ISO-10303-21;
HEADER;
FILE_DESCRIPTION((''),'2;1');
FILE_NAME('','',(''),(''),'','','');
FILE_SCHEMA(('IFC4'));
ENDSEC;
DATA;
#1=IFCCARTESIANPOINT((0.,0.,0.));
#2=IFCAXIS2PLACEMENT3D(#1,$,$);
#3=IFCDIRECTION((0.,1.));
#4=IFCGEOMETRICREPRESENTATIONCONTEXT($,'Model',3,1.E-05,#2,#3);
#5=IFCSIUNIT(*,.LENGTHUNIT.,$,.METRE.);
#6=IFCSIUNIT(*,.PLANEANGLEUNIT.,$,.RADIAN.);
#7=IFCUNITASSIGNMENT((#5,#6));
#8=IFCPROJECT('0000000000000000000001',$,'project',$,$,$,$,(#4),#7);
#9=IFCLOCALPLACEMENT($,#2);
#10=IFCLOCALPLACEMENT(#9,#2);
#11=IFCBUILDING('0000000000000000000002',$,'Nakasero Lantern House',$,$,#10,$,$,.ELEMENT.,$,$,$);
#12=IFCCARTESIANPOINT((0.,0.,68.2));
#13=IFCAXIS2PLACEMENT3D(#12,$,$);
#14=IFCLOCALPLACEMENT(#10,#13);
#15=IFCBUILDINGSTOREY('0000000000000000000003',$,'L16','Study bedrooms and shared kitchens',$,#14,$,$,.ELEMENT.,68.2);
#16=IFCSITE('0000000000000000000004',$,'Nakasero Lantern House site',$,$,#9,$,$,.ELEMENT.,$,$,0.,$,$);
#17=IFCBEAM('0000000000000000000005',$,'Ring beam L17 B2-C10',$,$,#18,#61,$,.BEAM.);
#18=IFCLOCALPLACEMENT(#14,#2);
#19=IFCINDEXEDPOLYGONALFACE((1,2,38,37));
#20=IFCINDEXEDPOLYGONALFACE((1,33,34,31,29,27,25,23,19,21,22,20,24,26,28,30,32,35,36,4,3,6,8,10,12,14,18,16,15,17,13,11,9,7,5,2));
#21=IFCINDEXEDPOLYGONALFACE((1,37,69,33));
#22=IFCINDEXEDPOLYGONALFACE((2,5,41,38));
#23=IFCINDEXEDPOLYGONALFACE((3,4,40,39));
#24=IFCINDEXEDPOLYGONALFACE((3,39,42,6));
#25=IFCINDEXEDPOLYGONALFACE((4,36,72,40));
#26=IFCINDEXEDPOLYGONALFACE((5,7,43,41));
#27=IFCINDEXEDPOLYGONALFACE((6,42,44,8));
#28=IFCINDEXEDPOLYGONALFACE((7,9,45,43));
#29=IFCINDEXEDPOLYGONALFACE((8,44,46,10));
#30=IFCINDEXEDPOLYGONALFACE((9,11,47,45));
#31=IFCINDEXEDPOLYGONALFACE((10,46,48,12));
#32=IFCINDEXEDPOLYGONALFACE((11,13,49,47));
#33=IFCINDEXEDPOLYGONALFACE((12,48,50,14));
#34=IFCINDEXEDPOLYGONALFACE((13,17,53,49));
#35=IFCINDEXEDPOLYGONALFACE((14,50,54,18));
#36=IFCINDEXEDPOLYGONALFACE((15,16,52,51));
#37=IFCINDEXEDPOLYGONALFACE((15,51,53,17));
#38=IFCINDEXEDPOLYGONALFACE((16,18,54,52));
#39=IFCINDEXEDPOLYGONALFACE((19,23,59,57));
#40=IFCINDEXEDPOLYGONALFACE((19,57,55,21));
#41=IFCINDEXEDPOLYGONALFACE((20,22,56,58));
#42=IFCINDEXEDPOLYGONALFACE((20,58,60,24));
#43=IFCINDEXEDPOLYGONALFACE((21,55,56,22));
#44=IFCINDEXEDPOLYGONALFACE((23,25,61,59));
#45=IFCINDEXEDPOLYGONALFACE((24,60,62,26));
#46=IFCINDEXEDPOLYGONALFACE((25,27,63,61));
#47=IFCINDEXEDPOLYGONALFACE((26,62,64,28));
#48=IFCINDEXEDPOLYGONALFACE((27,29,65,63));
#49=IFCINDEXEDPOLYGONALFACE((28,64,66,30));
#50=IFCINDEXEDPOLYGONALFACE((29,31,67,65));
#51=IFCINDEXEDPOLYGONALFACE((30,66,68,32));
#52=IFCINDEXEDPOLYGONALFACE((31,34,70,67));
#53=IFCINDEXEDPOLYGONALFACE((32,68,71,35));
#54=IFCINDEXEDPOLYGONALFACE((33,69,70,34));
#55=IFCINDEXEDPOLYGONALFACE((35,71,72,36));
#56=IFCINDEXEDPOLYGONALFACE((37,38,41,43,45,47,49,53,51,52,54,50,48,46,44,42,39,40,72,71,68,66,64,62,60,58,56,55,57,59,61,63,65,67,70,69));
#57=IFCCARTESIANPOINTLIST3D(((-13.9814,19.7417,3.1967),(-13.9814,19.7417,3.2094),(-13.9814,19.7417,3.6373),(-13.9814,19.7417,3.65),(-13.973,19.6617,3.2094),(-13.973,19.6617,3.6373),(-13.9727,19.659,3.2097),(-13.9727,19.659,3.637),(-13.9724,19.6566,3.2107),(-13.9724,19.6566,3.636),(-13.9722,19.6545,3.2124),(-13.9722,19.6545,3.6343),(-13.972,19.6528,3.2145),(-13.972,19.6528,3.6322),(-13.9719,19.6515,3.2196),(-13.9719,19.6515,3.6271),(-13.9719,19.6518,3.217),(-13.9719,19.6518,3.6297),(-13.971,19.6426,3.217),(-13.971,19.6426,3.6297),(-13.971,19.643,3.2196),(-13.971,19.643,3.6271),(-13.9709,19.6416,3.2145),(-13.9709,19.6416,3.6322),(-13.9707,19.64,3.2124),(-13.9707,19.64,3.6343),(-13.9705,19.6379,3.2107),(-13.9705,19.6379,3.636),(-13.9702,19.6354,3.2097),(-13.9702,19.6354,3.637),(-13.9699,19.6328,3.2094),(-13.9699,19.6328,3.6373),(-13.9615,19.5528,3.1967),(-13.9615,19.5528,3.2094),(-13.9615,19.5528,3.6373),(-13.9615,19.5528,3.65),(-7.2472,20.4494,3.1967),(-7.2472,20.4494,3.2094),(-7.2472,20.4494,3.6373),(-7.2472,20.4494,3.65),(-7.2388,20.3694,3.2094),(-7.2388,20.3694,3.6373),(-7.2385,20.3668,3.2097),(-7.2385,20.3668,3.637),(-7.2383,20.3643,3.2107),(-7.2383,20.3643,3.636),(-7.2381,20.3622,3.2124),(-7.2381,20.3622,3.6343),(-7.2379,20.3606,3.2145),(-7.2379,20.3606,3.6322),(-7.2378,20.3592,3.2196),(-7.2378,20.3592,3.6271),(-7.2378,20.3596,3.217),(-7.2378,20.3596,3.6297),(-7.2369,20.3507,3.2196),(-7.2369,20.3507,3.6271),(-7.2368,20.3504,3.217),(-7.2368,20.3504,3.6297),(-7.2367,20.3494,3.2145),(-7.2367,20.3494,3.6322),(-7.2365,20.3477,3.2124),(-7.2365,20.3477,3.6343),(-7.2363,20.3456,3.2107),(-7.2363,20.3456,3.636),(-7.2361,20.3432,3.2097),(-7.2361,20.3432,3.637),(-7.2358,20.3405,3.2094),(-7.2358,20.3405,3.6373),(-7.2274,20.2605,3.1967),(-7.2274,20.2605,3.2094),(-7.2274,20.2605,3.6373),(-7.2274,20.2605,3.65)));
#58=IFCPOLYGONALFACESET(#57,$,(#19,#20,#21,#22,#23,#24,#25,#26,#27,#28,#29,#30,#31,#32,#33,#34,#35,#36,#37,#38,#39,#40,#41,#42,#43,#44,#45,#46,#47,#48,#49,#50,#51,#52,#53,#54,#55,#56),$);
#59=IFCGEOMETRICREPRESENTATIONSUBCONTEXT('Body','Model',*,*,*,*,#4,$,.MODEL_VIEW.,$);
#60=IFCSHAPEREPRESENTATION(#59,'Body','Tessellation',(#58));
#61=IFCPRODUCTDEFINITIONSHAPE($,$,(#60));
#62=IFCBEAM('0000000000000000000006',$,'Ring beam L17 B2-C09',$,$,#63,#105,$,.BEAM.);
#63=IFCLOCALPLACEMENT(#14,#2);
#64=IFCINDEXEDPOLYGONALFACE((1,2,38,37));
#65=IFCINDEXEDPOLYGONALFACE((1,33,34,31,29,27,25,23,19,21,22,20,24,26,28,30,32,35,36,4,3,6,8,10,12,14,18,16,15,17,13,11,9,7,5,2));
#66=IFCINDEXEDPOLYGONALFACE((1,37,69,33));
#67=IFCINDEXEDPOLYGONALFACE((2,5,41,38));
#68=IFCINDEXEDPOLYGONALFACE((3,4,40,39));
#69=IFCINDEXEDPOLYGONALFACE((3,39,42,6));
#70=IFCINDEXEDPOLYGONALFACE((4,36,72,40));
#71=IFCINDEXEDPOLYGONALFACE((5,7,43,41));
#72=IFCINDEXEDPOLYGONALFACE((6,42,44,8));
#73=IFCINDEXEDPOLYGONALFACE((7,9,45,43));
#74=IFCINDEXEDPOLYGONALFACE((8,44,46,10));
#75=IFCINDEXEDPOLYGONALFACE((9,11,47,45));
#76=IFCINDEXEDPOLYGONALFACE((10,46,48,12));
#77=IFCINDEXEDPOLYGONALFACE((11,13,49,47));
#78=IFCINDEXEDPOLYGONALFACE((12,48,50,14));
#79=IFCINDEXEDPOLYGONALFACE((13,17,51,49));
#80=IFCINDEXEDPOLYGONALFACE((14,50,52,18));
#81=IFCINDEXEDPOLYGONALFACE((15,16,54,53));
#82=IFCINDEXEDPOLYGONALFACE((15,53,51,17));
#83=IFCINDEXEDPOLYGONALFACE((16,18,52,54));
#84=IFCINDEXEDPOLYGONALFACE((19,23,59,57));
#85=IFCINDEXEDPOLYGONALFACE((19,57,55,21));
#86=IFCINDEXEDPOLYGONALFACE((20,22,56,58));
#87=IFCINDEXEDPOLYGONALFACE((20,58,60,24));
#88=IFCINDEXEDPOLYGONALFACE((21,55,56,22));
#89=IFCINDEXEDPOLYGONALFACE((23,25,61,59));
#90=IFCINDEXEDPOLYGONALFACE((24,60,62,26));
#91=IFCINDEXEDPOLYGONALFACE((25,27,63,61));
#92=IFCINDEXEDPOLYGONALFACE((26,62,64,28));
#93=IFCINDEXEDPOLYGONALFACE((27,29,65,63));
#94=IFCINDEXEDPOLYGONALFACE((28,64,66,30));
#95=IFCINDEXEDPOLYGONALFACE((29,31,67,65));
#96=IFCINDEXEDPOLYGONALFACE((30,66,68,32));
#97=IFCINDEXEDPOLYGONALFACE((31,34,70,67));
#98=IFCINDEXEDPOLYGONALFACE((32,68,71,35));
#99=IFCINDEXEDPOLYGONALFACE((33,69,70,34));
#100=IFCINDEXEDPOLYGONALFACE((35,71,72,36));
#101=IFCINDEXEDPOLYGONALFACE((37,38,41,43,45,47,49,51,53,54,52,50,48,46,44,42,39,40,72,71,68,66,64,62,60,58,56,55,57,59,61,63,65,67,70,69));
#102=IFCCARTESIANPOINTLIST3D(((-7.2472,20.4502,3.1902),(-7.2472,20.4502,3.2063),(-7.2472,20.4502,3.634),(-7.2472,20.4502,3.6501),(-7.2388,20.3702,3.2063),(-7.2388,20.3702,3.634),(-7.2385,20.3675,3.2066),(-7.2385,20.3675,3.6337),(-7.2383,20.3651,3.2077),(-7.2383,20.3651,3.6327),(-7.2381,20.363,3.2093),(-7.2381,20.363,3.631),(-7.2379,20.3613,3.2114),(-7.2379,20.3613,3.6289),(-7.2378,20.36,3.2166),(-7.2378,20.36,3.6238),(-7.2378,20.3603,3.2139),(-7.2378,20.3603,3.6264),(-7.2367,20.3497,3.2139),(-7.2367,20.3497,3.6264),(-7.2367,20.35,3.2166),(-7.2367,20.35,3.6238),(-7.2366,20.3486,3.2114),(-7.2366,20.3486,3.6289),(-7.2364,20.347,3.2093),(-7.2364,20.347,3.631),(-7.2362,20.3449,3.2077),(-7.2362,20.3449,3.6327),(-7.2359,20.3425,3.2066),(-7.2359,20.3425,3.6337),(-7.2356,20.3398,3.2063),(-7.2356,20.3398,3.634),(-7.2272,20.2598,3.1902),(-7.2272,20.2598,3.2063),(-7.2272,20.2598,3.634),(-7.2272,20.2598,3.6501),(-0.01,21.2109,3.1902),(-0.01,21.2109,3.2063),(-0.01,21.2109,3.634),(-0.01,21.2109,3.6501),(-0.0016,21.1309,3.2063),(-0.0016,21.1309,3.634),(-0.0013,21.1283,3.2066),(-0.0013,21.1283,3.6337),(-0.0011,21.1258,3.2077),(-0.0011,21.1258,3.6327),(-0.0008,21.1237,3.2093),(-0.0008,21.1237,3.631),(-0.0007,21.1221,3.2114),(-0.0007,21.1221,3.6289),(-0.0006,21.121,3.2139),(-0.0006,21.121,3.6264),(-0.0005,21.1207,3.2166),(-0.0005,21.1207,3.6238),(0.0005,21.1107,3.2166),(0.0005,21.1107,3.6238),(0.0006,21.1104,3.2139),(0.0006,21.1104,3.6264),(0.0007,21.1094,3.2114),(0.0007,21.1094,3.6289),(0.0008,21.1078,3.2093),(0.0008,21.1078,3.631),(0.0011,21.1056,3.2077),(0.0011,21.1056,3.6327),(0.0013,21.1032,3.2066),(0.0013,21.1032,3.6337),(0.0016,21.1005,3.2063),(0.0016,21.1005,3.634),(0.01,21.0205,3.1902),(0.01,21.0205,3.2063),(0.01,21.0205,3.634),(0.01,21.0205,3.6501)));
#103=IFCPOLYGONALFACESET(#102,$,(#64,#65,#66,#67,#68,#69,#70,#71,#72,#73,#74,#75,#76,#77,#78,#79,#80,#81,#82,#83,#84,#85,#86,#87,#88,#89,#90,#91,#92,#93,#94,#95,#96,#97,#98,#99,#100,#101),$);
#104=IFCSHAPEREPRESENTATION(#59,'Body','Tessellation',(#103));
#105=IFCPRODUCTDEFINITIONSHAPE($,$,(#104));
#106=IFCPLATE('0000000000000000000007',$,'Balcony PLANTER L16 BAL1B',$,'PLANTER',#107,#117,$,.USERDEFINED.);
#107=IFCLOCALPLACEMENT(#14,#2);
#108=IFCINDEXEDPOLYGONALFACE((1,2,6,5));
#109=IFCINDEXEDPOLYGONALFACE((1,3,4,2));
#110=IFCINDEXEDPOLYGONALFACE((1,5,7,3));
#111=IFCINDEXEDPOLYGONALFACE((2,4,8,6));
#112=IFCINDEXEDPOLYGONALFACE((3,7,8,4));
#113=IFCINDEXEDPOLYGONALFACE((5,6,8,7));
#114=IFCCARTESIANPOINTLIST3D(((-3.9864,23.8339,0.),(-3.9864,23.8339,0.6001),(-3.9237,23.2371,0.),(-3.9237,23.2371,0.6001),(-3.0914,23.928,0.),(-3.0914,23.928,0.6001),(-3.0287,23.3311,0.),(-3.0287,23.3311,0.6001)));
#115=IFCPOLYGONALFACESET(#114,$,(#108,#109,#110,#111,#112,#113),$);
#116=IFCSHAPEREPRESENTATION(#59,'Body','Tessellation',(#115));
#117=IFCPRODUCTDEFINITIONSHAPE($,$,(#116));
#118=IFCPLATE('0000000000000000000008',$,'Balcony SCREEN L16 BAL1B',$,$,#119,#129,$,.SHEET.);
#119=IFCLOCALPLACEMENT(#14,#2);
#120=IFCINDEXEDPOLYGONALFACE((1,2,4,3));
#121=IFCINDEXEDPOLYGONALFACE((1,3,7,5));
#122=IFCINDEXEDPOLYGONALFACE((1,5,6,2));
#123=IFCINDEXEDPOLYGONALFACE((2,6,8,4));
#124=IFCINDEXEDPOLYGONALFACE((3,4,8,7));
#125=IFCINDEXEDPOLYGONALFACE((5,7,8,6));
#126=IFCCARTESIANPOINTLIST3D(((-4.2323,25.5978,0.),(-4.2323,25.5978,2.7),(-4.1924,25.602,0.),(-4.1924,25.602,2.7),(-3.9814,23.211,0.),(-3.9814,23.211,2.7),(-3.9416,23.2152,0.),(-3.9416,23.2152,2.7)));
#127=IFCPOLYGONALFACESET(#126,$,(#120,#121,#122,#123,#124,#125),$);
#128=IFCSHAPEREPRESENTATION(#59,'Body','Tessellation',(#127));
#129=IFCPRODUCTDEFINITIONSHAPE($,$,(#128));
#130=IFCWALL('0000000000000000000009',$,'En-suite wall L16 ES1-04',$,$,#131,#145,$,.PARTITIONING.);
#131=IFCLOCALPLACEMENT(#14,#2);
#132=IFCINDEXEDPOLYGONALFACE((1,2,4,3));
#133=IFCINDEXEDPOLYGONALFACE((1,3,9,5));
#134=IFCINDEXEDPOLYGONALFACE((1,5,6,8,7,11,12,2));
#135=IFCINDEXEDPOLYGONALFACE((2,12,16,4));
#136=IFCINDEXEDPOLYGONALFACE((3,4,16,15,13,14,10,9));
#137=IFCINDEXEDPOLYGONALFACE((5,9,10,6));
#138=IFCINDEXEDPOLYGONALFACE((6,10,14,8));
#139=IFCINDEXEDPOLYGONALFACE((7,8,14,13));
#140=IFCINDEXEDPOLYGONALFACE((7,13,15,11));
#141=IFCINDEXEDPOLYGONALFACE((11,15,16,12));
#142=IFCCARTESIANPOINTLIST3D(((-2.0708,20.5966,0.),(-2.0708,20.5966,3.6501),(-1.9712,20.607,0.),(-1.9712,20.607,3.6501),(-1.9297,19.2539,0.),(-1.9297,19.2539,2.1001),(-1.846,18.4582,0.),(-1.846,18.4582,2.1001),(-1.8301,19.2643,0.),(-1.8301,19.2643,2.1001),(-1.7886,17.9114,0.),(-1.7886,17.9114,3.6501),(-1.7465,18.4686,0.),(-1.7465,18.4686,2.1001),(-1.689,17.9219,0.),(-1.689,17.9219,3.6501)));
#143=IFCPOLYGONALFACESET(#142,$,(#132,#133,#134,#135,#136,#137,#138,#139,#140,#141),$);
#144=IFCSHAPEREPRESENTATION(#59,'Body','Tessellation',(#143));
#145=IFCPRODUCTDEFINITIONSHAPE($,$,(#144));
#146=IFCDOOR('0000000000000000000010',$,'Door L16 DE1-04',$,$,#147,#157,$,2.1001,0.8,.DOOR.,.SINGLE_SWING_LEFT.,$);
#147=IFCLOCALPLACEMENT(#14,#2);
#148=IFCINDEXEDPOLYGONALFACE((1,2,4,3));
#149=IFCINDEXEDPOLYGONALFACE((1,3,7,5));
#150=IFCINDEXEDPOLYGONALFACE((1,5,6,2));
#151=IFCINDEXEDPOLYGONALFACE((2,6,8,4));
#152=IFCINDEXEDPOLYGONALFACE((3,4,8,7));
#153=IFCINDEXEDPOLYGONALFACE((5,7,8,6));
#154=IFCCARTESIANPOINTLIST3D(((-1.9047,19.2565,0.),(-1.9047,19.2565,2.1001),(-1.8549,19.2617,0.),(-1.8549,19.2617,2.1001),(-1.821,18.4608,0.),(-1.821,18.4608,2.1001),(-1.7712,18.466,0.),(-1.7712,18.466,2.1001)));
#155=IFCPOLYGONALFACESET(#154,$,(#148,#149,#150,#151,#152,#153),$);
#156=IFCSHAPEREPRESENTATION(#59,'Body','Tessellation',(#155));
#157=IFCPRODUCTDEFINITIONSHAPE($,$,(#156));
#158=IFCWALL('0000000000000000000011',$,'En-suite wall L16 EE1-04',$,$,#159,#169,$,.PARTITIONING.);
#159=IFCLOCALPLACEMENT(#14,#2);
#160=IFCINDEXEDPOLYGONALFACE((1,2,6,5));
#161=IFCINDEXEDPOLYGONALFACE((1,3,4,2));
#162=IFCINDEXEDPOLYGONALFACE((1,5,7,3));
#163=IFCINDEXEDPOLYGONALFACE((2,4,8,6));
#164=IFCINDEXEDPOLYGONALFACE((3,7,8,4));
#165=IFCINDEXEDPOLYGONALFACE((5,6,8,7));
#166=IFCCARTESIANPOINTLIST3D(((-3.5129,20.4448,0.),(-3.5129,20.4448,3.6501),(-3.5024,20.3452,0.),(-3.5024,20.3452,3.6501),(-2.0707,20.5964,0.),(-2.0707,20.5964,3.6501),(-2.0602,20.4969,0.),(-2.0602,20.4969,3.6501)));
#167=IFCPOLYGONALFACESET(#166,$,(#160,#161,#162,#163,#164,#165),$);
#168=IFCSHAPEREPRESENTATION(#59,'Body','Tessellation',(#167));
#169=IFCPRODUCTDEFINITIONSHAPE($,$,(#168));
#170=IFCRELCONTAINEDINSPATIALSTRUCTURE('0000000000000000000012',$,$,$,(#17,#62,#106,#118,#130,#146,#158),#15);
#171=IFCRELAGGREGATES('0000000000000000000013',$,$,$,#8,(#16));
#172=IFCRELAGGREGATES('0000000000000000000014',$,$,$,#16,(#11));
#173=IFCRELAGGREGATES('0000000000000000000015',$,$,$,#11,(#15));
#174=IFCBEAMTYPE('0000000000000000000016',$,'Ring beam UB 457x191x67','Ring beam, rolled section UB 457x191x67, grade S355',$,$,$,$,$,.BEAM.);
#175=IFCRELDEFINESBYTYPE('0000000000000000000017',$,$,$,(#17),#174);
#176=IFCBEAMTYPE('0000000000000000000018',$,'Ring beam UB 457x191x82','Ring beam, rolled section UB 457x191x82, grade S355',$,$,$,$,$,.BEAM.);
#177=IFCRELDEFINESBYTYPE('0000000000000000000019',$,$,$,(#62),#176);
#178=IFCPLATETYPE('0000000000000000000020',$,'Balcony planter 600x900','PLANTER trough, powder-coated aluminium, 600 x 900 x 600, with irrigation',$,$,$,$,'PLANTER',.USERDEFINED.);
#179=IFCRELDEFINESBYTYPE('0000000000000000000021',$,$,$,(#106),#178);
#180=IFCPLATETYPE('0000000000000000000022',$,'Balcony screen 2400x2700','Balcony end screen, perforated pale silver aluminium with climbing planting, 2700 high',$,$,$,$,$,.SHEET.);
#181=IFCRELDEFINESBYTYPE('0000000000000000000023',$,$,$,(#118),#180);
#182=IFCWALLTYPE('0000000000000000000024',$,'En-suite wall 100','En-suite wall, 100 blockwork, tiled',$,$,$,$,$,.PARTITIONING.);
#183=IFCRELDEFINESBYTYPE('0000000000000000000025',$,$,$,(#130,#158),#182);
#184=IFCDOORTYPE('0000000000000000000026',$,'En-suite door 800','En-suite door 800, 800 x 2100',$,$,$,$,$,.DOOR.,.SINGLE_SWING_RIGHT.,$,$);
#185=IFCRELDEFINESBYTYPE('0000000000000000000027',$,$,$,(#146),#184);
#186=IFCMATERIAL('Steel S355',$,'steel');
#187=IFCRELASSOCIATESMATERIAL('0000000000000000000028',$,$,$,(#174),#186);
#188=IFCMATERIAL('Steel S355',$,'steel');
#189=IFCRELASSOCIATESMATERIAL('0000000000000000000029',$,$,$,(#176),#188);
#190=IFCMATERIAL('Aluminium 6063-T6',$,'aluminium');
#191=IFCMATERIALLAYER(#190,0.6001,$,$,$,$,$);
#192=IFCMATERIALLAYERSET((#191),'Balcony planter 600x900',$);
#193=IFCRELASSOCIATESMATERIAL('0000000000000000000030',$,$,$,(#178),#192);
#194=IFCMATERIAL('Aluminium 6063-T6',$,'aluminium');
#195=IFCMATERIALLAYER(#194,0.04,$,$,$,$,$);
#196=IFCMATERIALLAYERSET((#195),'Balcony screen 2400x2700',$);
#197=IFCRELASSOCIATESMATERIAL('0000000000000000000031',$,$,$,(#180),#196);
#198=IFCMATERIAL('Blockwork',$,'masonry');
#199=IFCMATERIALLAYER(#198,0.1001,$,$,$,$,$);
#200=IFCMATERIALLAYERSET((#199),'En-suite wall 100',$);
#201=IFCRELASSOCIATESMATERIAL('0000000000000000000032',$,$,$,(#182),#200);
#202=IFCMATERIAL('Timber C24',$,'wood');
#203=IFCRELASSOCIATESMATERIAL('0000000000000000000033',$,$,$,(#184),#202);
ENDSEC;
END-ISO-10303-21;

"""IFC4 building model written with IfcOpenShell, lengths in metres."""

from ifc_helpers import new_model, si_unit, direction, frame, frame_2d, origin, origin_2d, place, context, subcontext, project, spatial, rectangle, i_section, extrude, material, layer, layer_set, material_profile, profile_set, type_object, element, fill, save


model = new_model("IFC4")

# Units and contexts
model_context = context("Model", 3, precision=1e-05, world=origin(), true_north=direction((0.0, 1.0)))
body_context = subcontext(model_context, "Body", "Model", "MODEL_VIEW")
ifc_project = project(units=[si_unit("LENGTHUNIT", "METRE"), si_unit("PLANEANGLEUNIT", "RADIAN")], contexts=[model_context])

# Site, building, storey
site_placement = place(None, origin())
site = spatial("IfcSite", under=ifc_project, at=site_placement, Name="Nakasero Lantern House site", CompositionType="ELEMENT", RefElevation=0.0)
building_placement = place(site_placement, origin())
building = spatial("IfcBuilding", under=site, at=building_placement, Name="Nakasero Lantern House", CompositionType="ELEMENT")
storey_placement = place(building_placement, frame((0.0, 0.0, 68.2)))
storey = spatial("IfcBuildingStorey", under=building, at=storey_placement, Name="L16", Description="Study bedrooms and shared kitchens", CompositionType="ELEMENT", Elevation=68.2)

# Beams
ifc_material_1 = material(Name="Steel S355", Category="steel")
ifc_material_profile_1 = material_profile(ifc_material_1, i_section(OverallWidth=0.1899, OverallDepth=0.4534, WebThickness=0.0085, FlangeThickness=0.0127, FilletRadius=0.0103, at=origin_2d()), Name="UB 457x191x67")
ifc_profile_set_1 = profile_set([ifc_material_profile_1], Name="Steel S355")
beam_type_1 = type_object("IfcBeamType", Name="Ring beam UB 457x191x67", Description="Ring beam, rolled section UB 457x191x67, grade S355", PredefinedType="BEAM", material=ifc_profile_set_1)
beam_1_placement = place(storey_placement, frame((-7.2373, 20.355, 3.4233), z_axis=(-0.994522, -0.104525, 0.0), x_axis=(0.104525, -0.994522, 0.0)))
element("IfcBeam", 1, at=beam_1_placement, inside=storey, type_object=beam_type_1, Name="Ring beam L17 B2-C10", PredefinedType="BEAM", context=body_context, shape_type="SweptSolid", body=[
    extrude(i_section(OverallWidth=0.1899, OverallDepth=0.4534, WebThickness=0.0085, FlangeThickness=0.0127, FilletRadius=0.0103, at=origin_2d()), origin(), (0.0, 0.0, 1.0), 6.7712),
])
ifc_material_2 = material(Name="Steel S355", Category="steel")
ifc_material_profile_2 = material_profile(ifc_material_2, i_section(OverallWidth=0.1914, OverallDepth=0.46, WebThickness=0.01, FlangeThickness=0.0161, FilletRadius=0.0103, at=origin_2d()), Name="UB 457x191x82")
ifc_profile_set_2 = profile_set([ifc_material_profile_2], Name="Steel S355")
beam_type_2 = type_object("IfcBeamType", Name="Ring beam UB 457x191x82", Description="Ring beam, rolled section UB 457x191x82, grade S355", PredefinedType="BEAM", material=ifc_profile_set_2)
beam_2_placement = place(storey_placement, frame((0.0, 21.1157, 3.4202), z_axis=(-0.994521, -0.104538, 0.0), x_axis=(0.104538, -0.994521, 0.0)))
element("IfcBeam", 2, at=beam_2_placement, inside=storey, type_object=beam_type_2, Name="Ring beam L17 B2-C09", PredefinedType="BEAM", context=body_context, shape_type="SweptSolid", body=[
    extrude(i_section(OverallWidth=0.1914, OverallDepth=0.46, WebThickness=0.01, FlangeThickness=0.0161, FilletRadius=0.0103, at=origin_2d()), origin(), (0.0, 0.0, 1.0), 7.2771),
])

# Plates
ifc_material_3 = material(Name="Aluminium 6063-T6", Category="aluminium")
ifc_layer_1 = layer(ifc_material_3, 0.6001)
ifc_layer_set_1 = layer_set([ifc_layer_1], Name="Balcony planter 600x900")
plate_type_1 = type_object("IfcPlateType", Name="Balcony planter 600x900", Description="PLANTER trough, powder-coated aluminium, 600 x 900 x 600, with irrigation", ElementType="PLANTER", PredefinedType="USERDEFINED", material=ifc_layer_set_1)
plate_1_placement = place(storey_placement, frame((-3.5076, 23.5825, 0.0), z_axis=(0.0, 0.0, 1.0), x_axis=(-0.104528, 0.994522, 0.0)))
element("IfcPlate", 3, at=plate_1_placement, inside=storey, type_object=plate_type_1, Name="Balcony PLANTER L16 BAL1B", ObjectType="PLANTER", PredefinedType="USERDEFINED", context=body_context, shape_type="SweptSolid", body=[
    extrude(rectangle(XDim=0.6001, YDim=0.8999, at=origin_2d()), origin(), (0.0, 0.0, 1.0), 0.6001),
])
ifc_material_4 = material(Name="Aluminium 6063-T6", Category="aluminium")
ifc_layer_2 = layer(ifc_material_4, 0.04)
ifc_layer_set_2 = layer_set([ifc_layer_2], Name="Balcony screen 2400x2700")
plate_type_2 = type_object("IfcPlateType", Name="Balcony screen 2400x2700", Description="Balcony end screen, perforated pale silver aluminium with climbing planting, 2700 high", PredefinedType="SHEET", material=ifc_layer_set_2)
plate_2_placement = place(storey_placement, frame((-4.0869, 24.4065, 0.0), z_axis=(0.0, 0.0, 1.0), x_axis=(-0.104528, 0.994522, 0.0)))
element("IfcPlate", 4, at=plate_2_placement, inside=storey, type_object=plate_type_2, Name="Balcony SCREEN L16 BAL1B", PredefinedType="SHEET", context=body_context, shape_type="SweptSolid", body=[
    extrude(rectangle(XDim=2.3999, YDim=0.04, at=origin_2d()), origin(), (0.0, 0.0, 1.0), 2.7),
])

# Wall, opening, door
ifc_material_5 = material(Name="Blockwork", Category="masonry")
ifc_layer_3 = layer(ifc_material_5, 0.1001)
ifc_layer_set_3 = layer_set([ifc_layer_3], Name="En-suite wall 100")
wall_type_1 = type_object("IfcWallType", Name="En-suite wall 100", Description="En-suite wall, 100 blockwork, tiled", PredefinedType="PARTITIONING", material=ifc_layer_set_3)
wall_1_placement = place(storey_placement, frame((-1.7388, 17.9165, 0.0), z_axis=(0.0, 0.0, 1.0), x_axis=(-0.104534, 0.994521, 0.0)))
wall_1 = element("IfcWall", 5, at=wall_1_placement, inside=storey, type_object=wall_type_1, Name="En-suite wall L16 ES1-04", PredefinedType="PARTITIONING", context=body_context, shape_type="SweptSolid", body=[
    extrude(rectangle(XDim=2.7, YDim=0.1001, at=frame_2d((1.3501, 0.0))), origin(), (0.0, 0.0, 1.0), 3.6501),
])
opening_1_placement = place(wall_1_placement, frame((0.55, 0.0, 0.0)))
opening_1 = element("IfcOpeningElement", 6, at=opening_1_placement, cuts=wall_1, PredefinedType="OPENING", context=body_context, shape_type="SweptSolid", body=[
    extrude(rectangle(XDim=0.8, YDim=2.1001, at=frame_2d((0.3999, 1.05))), frame((0.0, 0.0701, 0.0), z_axis=(0.0, -1.0, 0.0), x_axis=(1.0, 0.0, 0.0)), (0.0, 0.0, 1.0), 0.1401),
])
ifc_material_6 = material(Name="Timber C24", Category="wood")
door_type = type_object("IfcDoorType", Name="En-suite door 800", Description="En-suite door 800, 800 x 2100", OperationType="SINGLE_SWING_RIGHT", PredefinedType="DOOR", material=ifc_material_6)
door_1_placement = place(opening_1_placement, origin())
door_1 = element("IfcDoor", 7, at=door_1_placement, inside=storey, type_object=door_type, Name="Door L16 DE1-04", OperationType="SINGLE_SWING_LEFT", OverallHeight=2.1001, OverallWidth=0.8, PredefinedType="DOOR", context=body_context, shape_type="SweptSolid", body=[
    extrude(rectangle(XDim=0.8, YDim=2.1001, at=frame_2d((0.3999, 1.05))), frame((0.0, 0.0249, 0.0), z_axis=(0.0, -1.0, 0.0), x_axis=(1.0, 0.0, 0.0)), (0.0, 0.0, 1.0), 0.05),
])
fill(opening_1, door_1)

# Wall
wall_2_placement = place(storey_placement, frame((-2.0654, 20.5466, 0.0), z_axis=(0.0, 0.0, 1.0), x_axis=(-0.994519, -0.104553, 0.0)))
element("IfcWall", 8, at=wall_2_placement, inside=storey, type_object=wall_type_1, Name="En-suite wall L16 EE1-04", PredefinedType="PARTITIONING", context=body_context, shape_type="SweptSolid", body=[
    extrude(rectangle(XDim=1.4502, YDim=0.1001, at=frame_2d((0.7251, 0.0))), origin(), (0.0, 0.0, 1.0), 3.6501),
])

save(model, "model.ifc")
